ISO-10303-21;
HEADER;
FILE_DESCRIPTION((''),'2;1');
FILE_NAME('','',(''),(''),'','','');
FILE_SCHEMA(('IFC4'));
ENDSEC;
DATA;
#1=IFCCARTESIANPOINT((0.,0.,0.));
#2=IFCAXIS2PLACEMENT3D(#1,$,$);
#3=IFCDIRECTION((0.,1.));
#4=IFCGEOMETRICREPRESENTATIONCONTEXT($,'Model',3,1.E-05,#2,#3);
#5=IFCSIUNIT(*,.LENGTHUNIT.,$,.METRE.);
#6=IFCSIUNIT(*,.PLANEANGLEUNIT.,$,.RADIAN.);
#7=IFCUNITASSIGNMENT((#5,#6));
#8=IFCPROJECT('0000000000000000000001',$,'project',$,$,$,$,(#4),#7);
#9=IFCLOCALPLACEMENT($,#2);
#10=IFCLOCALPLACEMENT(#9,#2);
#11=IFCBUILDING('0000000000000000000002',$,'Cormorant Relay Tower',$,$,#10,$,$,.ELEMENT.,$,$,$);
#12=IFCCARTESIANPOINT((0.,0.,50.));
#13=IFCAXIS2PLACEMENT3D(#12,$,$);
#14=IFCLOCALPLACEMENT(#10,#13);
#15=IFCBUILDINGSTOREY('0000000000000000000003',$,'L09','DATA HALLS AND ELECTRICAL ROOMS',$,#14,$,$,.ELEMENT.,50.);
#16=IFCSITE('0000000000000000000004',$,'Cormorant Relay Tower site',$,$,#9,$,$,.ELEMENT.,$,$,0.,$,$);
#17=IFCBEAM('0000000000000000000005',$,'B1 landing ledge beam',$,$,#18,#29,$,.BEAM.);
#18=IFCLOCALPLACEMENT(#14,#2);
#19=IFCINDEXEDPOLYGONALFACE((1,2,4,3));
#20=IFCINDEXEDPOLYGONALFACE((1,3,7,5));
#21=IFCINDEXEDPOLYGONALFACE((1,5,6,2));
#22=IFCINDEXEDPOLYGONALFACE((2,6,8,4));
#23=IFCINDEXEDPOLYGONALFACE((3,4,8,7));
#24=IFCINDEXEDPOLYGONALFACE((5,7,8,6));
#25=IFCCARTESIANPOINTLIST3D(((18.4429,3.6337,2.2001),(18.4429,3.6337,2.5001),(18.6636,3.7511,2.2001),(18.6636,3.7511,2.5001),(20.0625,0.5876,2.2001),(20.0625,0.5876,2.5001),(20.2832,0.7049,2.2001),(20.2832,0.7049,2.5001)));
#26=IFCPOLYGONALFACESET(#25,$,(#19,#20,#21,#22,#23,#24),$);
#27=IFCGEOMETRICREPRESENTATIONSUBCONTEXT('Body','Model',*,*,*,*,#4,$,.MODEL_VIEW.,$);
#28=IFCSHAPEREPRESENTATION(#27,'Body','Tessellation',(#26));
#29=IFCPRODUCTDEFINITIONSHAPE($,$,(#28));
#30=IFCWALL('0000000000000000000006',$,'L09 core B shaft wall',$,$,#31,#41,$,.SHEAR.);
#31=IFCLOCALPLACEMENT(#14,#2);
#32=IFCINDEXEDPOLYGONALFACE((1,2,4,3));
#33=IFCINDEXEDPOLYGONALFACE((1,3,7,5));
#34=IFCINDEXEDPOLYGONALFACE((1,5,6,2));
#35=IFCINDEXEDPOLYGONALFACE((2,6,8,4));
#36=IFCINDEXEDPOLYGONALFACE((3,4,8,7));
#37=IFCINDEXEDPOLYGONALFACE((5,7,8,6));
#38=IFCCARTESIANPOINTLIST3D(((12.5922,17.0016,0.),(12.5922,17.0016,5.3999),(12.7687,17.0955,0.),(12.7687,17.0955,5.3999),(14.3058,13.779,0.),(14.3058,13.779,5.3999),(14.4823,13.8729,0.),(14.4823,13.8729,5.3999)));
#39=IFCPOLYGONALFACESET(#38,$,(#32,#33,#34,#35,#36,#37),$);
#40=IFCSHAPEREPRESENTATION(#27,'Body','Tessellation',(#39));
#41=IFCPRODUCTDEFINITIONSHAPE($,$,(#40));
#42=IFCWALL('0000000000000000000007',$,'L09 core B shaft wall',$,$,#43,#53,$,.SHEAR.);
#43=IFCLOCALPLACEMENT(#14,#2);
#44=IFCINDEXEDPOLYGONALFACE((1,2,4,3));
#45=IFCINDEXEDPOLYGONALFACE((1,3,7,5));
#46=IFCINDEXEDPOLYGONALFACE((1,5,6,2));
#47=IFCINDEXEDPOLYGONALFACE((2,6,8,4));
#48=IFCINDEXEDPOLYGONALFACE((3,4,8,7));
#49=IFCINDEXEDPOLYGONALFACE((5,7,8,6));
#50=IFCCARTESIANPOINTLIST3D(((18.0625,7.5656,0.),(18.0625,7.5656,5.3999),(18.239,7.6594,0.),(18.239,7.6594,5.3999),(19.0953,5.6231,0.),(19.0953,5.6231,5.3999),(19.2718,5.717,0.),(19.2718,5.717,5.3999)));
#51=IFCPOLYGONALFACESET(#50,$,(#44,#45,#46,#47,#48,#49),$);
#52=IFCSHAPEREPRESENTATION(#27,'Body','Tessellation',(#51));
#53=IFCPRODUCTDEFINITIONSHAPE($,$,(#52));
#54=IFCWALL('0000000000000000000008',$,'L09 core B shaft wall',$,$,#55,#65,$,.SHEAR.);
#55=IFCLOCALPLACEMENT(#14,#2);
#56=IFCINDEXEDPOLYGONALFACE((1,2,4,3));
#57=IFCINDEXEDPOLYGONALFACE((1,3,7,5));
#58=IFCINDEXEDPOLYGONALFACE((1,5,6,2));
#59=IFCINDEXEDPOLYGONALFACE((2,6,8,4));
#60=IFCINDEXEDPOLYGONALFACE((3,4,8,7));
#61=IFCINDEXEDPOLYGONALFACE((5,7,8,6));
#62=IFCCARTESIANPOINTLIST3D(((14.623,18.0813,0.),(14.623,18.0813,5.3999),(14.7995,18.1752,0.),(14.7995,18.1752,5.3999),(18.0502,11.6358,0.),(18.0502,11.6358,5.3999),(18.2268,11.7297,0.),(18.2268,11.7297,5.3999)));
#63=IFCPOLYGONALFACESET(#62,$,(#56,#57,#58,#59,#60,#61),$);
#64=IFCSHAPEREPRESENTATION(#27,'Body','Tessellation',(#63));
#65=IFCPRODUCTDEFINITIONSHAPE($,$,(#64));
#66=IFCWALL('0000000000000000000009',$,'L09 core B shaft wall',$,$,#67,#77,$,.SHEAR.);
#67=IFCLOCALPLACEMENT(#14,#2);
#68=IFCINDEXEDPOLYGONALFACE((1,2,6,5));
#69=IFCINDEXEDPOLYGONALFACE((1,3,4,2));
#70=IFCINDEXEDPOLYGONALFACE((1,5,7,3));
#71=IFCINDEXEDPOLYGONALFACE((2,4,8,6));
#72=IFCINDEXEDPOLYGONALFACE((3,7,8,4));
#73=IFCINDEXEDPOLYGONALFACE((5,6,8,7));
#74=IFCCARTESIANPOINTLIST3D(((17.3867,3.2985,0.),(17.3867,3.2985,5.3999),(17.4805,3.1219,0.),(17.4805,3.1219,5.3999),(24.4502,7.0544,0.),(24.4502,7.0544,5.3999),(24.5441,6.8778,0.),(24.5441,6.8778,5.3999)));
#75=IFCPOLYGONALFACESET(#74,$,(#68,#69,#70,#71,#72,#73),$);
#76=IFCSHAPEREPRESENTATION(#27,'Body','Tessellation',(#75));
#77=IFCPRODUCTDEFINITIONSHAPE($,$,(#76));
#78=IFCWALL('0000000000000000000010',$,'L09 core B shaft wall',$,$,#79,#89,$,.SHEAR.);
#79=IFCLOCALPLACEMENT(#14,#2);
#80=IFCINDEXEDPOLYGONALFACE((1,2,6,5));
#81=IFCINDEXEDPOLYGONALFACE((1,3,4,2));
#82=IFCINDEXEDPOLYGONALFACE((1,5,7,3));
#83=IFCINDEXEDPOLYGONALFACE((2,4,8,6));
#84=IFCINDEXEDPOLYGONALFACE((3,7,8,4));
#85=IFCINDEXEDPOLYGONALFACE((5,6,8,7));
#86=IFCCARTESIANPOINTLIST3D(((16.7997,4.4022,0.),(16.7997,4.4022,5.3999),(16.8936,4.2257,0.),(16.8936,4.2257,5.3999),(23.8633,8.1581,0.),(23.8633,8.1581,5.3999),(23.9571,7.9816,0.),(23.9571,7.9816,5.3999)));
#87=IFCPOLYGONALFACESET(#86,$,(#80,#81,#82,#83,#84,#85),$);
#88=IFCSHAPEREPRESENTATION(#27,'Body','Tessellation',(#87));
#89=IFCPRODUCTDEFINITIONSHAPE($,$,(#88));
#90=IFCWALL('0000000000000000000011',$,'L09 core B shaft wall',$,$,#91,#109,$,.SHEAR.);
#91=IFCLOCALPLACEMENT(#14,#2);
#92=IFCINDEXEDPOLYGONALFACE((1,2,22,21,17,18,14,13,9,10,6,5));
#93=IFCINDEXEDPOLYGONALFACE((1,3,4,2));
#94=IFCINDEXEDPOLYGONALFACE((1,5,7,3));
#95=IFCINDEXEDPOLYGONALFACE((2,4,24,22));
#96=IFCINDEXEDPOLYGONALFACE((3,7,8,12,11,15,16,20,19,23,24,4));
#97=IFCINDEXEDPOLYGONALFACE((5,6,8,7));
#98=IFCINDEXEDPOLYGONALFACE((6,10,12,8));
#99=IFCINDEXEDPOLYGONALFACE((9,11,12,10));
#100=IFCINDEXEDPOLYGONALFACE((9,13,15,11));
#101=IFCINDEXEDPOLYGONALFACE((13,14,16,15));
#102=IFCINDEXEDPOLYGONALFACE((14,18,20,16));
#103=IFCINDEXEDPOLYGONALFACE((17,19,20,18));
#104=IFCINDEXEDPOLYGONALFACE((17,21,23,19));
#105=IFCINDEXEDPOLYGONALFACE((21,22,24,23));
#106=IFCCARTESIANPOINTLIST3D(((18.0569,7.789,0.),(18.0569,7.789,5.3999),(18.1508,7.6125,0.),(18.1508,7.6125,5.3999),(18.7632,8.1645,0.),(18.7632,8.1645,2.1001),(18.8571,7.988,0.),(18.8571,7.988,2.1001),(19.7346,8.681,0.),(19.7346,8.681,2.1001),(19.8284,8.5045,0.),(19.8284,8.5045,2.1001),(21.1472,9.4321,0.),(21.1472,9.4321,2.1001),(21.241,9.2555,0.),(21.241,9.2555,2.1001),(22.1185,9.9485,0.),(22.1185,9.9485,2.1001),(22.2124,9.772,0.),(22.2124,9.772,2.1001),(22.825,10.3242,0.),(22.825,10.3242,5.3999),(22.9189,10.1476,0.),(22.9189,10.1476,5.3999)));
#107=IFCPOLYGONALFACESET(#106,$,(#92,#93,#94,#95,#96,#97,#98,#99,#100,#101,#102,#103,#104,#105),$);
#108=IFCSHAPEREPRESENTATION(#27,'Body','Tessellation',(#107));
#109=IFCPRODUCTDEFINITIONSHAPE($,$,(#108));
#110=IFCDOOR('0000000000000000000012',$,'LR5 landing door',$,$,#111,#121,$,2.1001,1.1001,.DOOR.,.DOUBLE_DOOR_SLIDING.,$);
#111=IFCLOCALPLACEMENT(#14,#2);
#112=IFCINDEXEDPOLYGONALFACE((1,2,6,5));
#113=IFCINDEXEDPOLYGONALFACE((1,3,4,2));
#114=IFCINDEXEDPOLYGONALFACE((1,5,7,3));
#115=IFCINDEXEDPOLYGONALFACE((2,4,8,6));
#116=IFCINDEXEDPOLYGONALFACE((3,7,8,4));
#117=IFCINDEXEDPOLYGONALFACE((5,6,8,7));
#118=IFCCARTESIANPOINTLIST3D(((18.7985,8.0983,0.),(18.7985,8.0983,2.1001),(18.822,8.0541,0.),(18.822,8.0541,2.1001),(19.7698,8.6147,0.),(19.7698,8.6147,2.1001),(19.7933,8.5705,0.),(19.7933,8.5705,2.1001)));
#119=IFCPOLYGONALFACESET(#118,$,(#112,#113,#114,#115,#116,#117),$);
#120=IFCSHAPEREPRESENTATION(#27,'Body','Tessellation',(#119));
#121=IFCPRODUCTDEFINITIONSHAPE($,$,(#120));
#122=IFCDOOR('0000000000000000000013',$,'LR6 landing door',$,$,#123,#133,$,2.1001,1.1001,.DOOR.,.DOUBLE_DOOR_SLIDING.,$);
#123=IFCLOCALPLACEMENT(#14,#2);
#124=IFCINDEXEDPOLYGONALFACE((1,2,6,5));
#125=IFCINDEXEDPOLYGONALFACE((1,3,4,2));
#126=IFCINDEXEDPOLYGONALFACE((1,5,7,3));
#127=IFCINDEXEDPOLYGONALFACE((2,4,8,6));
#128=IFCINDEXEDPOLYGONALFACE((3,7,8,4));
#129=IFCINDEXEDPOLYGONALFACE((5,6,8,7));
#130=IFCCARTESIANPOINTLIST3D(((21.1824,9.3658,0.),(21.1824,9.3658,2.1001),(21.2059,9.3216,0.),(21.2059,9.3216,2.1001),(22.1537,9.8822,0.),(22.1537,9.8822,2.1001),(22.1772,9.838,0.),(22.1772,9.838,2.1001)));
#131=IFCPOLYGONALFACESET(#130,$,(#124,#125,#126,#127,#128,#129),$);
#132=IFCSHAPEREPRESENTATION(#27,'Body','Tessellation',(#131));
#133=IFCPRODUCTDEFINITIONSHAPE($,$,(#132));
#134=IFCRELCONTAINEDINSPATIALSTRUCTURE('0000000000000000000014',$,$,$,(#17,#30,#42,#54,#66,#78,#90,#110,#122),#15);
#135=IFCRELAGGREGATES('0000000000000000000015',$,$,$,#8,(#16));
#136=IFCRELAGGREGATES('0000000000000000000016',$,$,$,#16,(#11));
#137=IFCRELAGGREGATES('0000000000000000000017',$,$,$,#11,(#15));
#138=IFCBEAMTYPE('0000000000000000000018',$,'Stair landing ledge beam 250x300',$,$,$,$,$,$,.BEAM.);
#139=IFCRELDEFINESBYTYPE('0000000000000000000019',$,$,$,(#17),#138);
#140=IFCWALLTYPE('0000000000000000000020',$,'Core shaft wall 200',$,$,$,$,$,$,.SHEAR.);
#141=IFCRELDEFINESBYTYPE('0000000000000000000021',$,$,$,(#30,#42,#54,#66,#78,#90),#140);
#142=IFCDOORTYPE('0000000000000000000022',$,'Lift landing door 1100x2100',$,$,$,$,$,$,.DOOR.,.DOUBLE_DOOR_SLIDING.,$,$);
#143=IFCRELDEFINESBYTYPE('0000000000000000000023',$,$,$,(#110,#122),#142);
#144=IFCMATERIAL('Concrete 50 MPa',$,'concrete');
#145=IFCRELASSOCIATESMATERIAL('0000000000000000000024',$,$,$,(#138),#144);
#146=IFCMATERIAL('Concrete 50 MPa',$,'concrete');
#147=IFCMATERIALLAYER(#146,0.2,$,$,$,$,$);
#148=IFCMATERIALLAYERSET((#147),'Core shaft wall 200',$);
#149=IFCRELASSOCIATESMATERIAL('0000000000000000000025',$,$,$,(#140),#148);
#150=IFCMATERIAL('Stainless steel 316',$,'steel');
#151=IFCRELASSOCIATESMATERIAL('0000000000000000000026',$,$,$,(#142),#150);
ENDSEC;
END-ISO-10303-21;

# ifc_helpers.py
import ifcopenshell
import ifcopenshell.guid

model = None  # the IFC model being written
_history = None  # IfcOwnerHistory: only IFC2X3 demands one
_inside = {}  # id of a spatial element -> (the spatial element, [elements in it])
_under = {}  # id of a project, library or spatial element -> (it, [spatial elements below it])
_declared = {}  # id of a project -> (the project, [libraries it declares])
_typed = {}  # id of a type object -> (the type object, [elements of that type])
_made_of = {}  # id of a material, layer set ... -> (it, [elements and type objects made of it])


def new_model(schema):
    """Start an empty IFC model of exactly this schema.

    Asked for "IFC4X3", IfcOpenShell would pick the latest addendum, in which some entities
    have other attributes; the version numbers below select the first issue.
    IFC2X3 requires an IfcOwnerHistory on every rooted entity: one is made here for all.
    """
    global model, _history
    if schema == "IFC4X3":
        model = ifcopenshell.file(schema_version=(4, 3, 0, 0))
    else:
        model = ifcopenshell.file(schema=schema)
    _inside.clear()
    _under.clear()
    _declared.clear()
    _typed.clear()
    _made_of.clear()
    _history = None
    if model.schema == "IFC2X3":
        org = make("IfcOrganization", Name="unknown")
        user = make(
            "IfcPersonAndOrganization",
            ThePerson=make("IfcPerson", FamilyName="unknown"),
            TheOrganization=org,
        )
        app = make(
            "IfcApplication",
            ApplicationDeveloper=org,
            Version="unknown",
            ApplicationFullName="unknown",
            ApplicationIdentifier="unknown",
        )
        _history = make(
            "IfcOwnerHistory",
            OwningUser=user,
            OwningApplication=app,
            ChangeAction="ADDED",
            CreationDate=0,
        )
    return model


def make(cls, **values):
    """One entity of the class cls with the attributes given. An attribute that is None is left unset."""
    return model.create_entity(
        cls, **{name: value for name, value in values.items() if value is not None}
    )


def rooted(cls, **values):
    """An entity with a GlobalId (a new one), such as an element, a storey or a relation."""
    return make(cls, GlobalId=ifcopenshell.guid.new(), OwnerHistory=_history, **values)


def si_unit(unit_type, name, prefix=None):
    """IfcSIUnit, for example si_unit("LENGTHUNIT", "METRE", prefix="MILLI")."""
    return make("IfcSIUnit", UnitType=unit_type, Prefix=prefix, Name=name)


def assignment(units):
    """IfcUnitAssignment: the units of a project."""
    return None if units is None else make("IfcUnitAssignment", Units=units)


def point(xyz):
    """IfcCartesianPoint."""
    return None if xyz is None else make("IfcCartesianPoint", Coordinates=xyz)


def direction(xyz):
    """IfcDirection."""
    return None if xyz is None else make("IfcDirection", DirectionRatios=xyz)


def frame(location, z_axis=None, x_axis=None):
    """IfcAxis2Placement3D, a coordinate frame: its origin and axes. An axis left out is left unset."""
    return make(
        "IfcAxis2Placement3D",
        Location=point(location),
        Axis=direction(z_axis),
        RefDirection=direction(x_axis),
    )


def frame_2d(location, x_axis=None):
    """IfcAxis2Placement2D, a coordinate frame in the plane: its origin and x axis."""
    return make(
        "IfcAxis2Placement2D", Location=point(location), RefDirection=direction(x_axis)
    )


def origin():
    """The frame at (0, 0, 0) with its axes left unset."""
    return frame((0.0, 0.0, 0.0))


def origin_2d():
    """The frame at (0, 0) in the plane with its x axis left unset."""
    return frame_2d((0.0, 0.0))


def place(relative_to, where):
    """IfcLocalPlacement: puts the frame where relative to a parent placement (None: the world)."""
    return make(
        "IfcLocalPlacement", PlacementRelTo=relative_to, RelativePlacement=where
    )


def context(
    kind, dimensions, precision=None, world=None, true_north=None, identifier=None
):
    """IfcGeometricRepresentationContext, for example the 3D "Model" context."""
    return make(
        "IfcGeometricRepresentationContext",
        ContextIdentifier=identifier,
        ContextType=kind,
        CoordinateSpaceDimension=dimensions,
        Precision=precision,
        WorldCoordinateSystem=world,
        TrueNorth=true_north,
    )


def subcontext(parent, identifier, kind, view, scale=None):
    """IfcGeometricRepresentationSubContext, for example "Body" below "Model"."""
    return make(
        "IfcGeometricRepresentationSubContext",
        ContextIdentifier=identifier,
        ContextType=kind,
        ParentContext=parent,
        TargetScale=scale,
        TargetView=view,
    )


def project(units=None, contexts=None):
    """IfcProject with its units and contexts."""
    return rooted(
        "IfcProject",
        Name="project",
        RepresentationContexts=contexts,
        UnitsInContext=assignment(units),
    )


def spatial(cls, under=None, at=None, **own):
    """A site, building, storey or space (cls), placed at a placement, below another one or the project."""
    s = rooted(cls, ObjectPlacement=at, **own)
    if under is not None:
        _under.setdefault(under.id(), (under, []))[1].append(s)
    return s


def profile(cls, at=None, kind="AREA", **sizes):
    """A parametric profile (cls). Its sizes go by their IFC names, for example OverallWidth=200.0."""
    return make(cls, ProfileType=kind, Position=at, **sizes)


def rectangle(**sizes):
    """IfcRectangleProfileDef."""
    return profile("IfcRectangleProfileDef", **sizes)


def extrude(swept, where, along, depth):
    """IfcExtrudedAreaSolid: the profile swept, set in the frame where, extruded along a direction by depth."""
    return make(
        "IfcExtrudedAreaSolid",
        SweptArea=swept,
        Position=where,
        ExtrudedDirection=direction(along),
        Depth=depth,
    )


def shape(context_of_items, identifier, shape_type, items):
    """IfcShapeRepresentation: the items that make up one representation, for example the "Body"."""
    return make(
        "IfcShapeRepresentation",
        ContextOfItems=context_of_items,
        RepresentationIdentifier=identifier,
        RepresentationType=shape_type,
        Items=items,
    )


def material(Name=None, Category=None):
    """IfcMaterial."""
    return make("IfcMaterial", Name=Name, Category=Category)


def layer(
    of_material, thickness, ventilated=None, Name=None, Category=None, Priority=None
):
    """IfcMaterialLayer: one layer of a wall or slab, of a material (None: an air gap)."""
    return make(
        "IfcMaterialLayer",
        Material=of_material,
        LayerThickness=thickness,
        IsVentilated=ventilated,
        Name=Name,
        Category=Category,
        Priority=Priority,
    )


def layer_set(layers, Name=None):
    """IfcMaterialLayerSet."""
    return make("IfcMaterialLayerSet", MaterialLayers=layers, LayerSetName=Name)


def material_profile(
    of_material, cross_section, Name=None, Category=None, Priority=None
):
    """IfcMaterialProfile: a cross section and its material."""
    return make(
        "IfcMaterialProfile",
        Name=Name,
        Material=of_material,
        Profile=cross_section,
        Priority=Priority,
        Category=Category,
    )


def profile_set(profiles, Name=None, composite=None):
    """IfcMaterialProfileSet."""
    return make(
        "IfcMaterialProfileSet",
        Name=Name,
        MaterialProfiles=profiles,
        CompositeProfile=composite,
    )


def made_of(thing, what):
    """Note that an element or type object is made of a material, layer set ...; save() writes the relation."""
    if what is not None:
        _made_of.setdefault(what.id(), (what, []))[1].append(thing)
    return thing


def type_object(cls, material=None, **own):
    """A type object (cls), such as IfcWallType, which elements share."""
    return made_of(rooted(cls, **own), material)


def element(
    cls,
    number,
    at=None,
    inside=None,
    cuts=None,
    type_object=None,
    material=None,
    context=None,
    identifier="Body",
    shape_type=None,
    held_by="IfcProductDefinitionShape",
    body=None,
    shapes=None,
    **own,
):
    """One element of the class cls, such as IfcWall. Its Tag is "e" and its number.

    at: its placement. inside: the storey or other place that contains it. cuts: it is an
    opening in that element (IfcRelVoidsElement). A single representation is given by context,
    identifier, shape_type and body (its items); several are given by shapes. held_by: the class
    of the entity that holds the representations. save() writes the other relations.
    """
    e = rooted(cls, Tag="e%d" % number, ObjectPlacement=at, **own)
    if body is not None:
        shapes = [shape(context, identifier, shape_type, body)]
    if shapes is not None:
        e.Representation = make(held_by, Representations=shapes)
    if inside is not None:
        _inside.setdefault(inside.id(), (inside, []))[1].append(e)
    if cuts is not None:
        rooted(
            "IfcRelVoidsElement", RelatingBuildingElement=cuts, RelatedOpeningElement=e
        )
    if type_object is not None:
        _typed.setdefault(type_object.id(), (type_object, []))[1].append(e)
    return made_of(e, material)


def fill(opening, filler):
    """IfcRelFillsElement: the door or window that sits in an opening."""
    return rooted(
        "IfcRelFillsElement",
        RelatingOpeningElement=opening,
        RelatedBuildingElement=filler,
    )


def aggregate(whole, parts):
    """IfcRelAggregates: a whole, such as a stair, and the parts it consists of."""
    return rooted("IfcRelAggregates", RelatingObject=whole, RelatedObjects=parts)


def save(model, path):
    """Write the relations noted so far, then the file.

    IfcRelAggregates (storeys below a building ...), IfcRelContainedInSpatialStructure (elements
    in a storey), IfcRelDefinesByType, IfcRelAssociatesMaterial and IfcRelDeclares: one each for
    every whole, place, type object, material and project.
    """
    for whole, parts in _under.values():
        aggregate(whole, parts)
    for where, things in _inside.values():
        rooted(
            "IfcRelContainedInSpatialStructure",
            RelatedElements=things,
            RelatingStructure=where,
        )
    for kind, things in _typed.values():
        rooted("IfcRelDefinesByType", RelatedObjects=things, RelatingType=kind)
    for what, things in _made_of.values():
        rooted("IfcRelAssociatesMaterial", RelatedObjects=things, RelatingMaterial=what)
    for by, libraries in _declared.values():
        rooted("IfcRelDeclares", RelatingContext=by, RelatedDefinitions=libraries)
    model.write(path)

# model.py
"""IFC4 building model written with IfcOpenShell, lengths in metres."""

from ifc_helpers import new_model, si_unit, direction, frame, frame_2d, origin, origin_2d, place, context, subcontext, project, spatial, rectangle, extrude, material, layer, layer_set, material_profile, profile_set, type_object, element, fill, save


model = new_model("IFC4")

# Units and contexts
model_context = context("Model", 3, precision=1e-05, world=origin(), true_north=direction((0.0, 1.0)))
body_context = subcontext(model_context, "Body", "Model", "MODEL_VIEW")
ifc_project = project(units=[si_unit("LENGTHUNIT", "METRE"), si_unit("PLANEANGLEUNIT", "RADIAN")], contexts=[model_context])

# Site, building, storey
site_placement = place(None, origin())
site = spatial("IfcSite", under=ifc_project, at=site_placement, Name="Cormorant Relay Tower site", CompositionType="ELEMENT", RefElevation=0.0)
building_placement = place(site_placement, origin())
building = spatial("IfcBuilding", under=site, at=building_placement, Name="Cormorant Relay Tower", CompositionType="ELEMENT")
storey_placement = place(building_placement, frame((0.0, 0.0, 50.0)))
storey = spatial("IfcBuildingStorey", under=building, at=storey_placement, Name="L09", Description="DATA HALLS AND ELECTRICAL ROOMS", CompositionType="ELEMENT", Elevation=50.0)

# Beam
ifc_material_1 = material(Name="Concrete 50 MPa", Category="concrete")
ifc_material_profile = material_profile(ifc_material_1, rectangle(XDim=0.25, YDim=0.3, at=origin_2d()), Name="RC 250x300")
ifc_profile_set = profile_set([ifc_material_profile], Name="Concrete 50 MPa")
beam_type = type_object("IfcBeamType", Name="Stair landing ledge beam 250x300", PredefinedType="BEAM", material=ifc_profile_set)
beam_placement = place(storey_placement, frame((18.5532, 3.6924, 2.3501), z_axis=(0.469464, -0.882952, 0.0), x_axis=(0.882952, 0.469464, 0.0)))
element("IfcBeam", 1, at=beam_placement, inside=storey, type_object=beam_type, Name="B1 landing ledge beam", PredefinedType="BEAM", context=body_context, shape_type="SweptSolid", body=[
    extrude(rectangle(XDim=0.25, YDim=0.3, at=origin_2d()), origin(), (0.0, 0.0, 1.0), 3.45),
])

# Walls
ifc_material_2 = material(Name="Concrete 50 MPa", Category="concrete")
ifc_layer_1 = layer(ifc_material_2, 0.2)
ifc_layer_set_1 = layer_set([ifc_layer_1], Name="Core shaft wall 200")
wall_type_1 = type_object("IfcWallType", Name="Core shaft wall 200", PredefinedType="SHEAR", material=ifc_layer_set_1)
wall_1_placement = place(storey_placement, frame((14.394, 13.8259, 0.0), z_axis=(0.0, 0.0, 1.0), x_axis=(-0.469494, 0.882936, 0.0)))
element("IfcWall", 2, at=wall_1_placement, inside=storey, type_object=wall_type_1, Name="L09 core B shaft wall", PredefinedType="SHEAR", context=body_context, shape_type="SweptSolid", body=[
    extrude(rectangle(XDim=3.6499, YDim=0.2, at=frame_2d((1.825, 0.0))), origin(), (0.0, 0.0, 1.0), 5.3999),
])
wall_2_placement = place(storey_placement, frame((19.1836, 5.6699, 0.0), z_axis=(0.0, 0.0, 1.0), x_axis=(-0.469447, 0.88296, 0.0)))
element("IfcWall", 3, at=wall_2_placement, inside=storey, type_object=wall_type_1, Name="L09 core B shaft wall", PredefinedType="SHEAR", context=body_context, shape_type="SweptSolid", body=[
    extrude(rectangle(XDim=2.2, YDim=0.2, at=frame_2d((1.1001, 0.0))), origin(), (0.0, 0.0, 1.0), 5.3999),
])
wall_3_placement = place(storey_placement, frame((18.1384, 11.6829, 0.0), z_axis=(0.0, 0.0, 1.0), x_axis=(-0.46948, 0.882943, 0.0)))
element("IfcWall", 4, at=wall_3_placement, inside=storey, type_object=wall_type_1, Name="L09 core B shaft wall", PredefinedType="SHEAR", context=body_context, shape_type="SweptSolid", body=[
    extrude(rectangle(XDim=7.3, YDim=0.2, at=frame_2d((3.6499, 0.0))), origin(), (0.0, 0.0, 1.0), 5.3999),
])
for number, where, z_axis, x_axis, name in (
    (5, (17.4336, 3.2102, 0.0), (0.0, 0.0, 1.0), (0.88294, 0.469485, 0.0), "L09 core B shaft wall"),
    (6, (16.8467, 4.314, 0.0), (0.0, 0.0, 1.0), (0.88294, 0.469485, 0.0), "L09 core B shaft wall"),
):
    element("IfcWall", number, at=place(storey_placement, frame(where, z_axis=z_axis, x_axis=x_axis)), inside=storey, type_object=wall_type_1, Name=name, PredefinedType="SHEAR", context=body_context, shape_type="SweptSolid", body=[
        extrude(rectangle(XDim=8.0, YDim=0.2, at=frame_2d((4.0, 0.0))), origin(), (0.0, 0.0, 1.0), 5.3999),
    ])

# Wall, openings, doors
wall_4_placement = place(storey_placement, frame((18.1038, 7.7007, 0.0), z_axis=(0.0, 0.0, 1.0), x_axis=(0.882953, 0.469462, 0.0)))
wall_4 = element("IfcWall", 7, at=wall_4_placement, inside=storey, type_object=wall_type_1, Name="L09 core B shaft wall", PredefinedType="SHEAR", context=body_context, shape_type="SweptSolid", body=[
    extrude(rectangle(XDim=5.4001, YDim=0.2, at=frame_2d((2.7002, 0.0))), origin(), (0.0, 0.0, 1.0), 5.3999),
])
opening_1_placement = place(wall_4_placement, frame((0.8, 0.0, 0.0)))
opening_1 = element("IfcOpeningElement", 8, at=opening_1_placement, cuts=wall_4, PredefinedType="OPENING", context=body_context, shape_type="SweptSolid", body=[
    extrude(rectangle(XDim=1.1001, YDim=2.1001, at=frame_2d((0.55, 1.05))), frame((0.0, 0.1099, 0.0), z_axis=(0.0, -1.0, 0.0), x_axis=(1.0, 0.0, 0.0)), (0.0, 0.0, 1.0), 0.22),
])
opening_2_placement = place(wall_4_placement, frame((3.5, 0.0, 0.0)))
opening_2 = element("IfcOpeningElement", 9, at=opening_2_placement, cuts=wall_4, PredefinedType="OPENING", context=body_context, shape_type="SweptSolid", body=[
    extrude(rectangle(XDim=1.1001, YDim=2.1001, at=frame_2d((0.55, 1.05))), frame((0.0, 0.1099, 0.0), z_axis=(0.0, -1.0, 0.0), x_axis=(1.0, 0.0, 0.0)), (0.0, 0.0, 1.0), 0.22),
])
ifc_material_3 = material(Name="Stainless steel 316", Category="steel")
door_type_1 = type_object("IfcDoorType", Name="Lift landing door 1100x2100", OperationType="DOUBLE_DOOR_SLIDING", PredefinedType="DOOR", material=ifc_material_3)
door_1_placement = place(opening_1_placement, origin())
door_1 = element("IfcDoor", 10, at=door_1_placement, inside=storey, type_object=door_type_1, Name="LR5 landing door", OperationType="DOUBLE_DOOR_SLIDING", OverallHeight=2.1001, OverallWidth=1.1001, PredefinedType="DOOR", context=body_context, shape_type="SweptSolid", body=[
    extrude(rectangle(XDim=1.1001, YDim=2.1001, at=frame_2d((0.55, 1.05))), frame((0.0, 0.0249, 0.0), z_axis=(0.0, -1.0, 0.0), x_axis=(1.0, 0.0, 0.0)), (0.0, 0.0, 1.0), 0.05),
])
fill(opening_1, door_1)
door_2_placement = place(opening_2_placement, origin())
door_2 = element("IfcDoor", 11, at=door_2_placement, inside=storey, type_object=door_type_1, Name="LR6 landing door", OperationType="DOUBLE_DOOR_SLIDING", OverallHeight=2.1001, OverallWidth=1.1001, PredefinedType="DOOR", context=body_context, shape_type="SweptSolid", body=[
    extrude(rectangle(XDim=1.1001, YDim=2.1001, at=frame_2d((0.55, 1.05))), frame((0.0, 0.0249, 0.0), z_axis=(0.0, -1.0, 0.0), x_axis=(1.0, 0.0, 0.0)), (0.0, 0.0, 1.0), 0.05),
])
fill(opening_2, door_2)

save(model, "model.ifc")
